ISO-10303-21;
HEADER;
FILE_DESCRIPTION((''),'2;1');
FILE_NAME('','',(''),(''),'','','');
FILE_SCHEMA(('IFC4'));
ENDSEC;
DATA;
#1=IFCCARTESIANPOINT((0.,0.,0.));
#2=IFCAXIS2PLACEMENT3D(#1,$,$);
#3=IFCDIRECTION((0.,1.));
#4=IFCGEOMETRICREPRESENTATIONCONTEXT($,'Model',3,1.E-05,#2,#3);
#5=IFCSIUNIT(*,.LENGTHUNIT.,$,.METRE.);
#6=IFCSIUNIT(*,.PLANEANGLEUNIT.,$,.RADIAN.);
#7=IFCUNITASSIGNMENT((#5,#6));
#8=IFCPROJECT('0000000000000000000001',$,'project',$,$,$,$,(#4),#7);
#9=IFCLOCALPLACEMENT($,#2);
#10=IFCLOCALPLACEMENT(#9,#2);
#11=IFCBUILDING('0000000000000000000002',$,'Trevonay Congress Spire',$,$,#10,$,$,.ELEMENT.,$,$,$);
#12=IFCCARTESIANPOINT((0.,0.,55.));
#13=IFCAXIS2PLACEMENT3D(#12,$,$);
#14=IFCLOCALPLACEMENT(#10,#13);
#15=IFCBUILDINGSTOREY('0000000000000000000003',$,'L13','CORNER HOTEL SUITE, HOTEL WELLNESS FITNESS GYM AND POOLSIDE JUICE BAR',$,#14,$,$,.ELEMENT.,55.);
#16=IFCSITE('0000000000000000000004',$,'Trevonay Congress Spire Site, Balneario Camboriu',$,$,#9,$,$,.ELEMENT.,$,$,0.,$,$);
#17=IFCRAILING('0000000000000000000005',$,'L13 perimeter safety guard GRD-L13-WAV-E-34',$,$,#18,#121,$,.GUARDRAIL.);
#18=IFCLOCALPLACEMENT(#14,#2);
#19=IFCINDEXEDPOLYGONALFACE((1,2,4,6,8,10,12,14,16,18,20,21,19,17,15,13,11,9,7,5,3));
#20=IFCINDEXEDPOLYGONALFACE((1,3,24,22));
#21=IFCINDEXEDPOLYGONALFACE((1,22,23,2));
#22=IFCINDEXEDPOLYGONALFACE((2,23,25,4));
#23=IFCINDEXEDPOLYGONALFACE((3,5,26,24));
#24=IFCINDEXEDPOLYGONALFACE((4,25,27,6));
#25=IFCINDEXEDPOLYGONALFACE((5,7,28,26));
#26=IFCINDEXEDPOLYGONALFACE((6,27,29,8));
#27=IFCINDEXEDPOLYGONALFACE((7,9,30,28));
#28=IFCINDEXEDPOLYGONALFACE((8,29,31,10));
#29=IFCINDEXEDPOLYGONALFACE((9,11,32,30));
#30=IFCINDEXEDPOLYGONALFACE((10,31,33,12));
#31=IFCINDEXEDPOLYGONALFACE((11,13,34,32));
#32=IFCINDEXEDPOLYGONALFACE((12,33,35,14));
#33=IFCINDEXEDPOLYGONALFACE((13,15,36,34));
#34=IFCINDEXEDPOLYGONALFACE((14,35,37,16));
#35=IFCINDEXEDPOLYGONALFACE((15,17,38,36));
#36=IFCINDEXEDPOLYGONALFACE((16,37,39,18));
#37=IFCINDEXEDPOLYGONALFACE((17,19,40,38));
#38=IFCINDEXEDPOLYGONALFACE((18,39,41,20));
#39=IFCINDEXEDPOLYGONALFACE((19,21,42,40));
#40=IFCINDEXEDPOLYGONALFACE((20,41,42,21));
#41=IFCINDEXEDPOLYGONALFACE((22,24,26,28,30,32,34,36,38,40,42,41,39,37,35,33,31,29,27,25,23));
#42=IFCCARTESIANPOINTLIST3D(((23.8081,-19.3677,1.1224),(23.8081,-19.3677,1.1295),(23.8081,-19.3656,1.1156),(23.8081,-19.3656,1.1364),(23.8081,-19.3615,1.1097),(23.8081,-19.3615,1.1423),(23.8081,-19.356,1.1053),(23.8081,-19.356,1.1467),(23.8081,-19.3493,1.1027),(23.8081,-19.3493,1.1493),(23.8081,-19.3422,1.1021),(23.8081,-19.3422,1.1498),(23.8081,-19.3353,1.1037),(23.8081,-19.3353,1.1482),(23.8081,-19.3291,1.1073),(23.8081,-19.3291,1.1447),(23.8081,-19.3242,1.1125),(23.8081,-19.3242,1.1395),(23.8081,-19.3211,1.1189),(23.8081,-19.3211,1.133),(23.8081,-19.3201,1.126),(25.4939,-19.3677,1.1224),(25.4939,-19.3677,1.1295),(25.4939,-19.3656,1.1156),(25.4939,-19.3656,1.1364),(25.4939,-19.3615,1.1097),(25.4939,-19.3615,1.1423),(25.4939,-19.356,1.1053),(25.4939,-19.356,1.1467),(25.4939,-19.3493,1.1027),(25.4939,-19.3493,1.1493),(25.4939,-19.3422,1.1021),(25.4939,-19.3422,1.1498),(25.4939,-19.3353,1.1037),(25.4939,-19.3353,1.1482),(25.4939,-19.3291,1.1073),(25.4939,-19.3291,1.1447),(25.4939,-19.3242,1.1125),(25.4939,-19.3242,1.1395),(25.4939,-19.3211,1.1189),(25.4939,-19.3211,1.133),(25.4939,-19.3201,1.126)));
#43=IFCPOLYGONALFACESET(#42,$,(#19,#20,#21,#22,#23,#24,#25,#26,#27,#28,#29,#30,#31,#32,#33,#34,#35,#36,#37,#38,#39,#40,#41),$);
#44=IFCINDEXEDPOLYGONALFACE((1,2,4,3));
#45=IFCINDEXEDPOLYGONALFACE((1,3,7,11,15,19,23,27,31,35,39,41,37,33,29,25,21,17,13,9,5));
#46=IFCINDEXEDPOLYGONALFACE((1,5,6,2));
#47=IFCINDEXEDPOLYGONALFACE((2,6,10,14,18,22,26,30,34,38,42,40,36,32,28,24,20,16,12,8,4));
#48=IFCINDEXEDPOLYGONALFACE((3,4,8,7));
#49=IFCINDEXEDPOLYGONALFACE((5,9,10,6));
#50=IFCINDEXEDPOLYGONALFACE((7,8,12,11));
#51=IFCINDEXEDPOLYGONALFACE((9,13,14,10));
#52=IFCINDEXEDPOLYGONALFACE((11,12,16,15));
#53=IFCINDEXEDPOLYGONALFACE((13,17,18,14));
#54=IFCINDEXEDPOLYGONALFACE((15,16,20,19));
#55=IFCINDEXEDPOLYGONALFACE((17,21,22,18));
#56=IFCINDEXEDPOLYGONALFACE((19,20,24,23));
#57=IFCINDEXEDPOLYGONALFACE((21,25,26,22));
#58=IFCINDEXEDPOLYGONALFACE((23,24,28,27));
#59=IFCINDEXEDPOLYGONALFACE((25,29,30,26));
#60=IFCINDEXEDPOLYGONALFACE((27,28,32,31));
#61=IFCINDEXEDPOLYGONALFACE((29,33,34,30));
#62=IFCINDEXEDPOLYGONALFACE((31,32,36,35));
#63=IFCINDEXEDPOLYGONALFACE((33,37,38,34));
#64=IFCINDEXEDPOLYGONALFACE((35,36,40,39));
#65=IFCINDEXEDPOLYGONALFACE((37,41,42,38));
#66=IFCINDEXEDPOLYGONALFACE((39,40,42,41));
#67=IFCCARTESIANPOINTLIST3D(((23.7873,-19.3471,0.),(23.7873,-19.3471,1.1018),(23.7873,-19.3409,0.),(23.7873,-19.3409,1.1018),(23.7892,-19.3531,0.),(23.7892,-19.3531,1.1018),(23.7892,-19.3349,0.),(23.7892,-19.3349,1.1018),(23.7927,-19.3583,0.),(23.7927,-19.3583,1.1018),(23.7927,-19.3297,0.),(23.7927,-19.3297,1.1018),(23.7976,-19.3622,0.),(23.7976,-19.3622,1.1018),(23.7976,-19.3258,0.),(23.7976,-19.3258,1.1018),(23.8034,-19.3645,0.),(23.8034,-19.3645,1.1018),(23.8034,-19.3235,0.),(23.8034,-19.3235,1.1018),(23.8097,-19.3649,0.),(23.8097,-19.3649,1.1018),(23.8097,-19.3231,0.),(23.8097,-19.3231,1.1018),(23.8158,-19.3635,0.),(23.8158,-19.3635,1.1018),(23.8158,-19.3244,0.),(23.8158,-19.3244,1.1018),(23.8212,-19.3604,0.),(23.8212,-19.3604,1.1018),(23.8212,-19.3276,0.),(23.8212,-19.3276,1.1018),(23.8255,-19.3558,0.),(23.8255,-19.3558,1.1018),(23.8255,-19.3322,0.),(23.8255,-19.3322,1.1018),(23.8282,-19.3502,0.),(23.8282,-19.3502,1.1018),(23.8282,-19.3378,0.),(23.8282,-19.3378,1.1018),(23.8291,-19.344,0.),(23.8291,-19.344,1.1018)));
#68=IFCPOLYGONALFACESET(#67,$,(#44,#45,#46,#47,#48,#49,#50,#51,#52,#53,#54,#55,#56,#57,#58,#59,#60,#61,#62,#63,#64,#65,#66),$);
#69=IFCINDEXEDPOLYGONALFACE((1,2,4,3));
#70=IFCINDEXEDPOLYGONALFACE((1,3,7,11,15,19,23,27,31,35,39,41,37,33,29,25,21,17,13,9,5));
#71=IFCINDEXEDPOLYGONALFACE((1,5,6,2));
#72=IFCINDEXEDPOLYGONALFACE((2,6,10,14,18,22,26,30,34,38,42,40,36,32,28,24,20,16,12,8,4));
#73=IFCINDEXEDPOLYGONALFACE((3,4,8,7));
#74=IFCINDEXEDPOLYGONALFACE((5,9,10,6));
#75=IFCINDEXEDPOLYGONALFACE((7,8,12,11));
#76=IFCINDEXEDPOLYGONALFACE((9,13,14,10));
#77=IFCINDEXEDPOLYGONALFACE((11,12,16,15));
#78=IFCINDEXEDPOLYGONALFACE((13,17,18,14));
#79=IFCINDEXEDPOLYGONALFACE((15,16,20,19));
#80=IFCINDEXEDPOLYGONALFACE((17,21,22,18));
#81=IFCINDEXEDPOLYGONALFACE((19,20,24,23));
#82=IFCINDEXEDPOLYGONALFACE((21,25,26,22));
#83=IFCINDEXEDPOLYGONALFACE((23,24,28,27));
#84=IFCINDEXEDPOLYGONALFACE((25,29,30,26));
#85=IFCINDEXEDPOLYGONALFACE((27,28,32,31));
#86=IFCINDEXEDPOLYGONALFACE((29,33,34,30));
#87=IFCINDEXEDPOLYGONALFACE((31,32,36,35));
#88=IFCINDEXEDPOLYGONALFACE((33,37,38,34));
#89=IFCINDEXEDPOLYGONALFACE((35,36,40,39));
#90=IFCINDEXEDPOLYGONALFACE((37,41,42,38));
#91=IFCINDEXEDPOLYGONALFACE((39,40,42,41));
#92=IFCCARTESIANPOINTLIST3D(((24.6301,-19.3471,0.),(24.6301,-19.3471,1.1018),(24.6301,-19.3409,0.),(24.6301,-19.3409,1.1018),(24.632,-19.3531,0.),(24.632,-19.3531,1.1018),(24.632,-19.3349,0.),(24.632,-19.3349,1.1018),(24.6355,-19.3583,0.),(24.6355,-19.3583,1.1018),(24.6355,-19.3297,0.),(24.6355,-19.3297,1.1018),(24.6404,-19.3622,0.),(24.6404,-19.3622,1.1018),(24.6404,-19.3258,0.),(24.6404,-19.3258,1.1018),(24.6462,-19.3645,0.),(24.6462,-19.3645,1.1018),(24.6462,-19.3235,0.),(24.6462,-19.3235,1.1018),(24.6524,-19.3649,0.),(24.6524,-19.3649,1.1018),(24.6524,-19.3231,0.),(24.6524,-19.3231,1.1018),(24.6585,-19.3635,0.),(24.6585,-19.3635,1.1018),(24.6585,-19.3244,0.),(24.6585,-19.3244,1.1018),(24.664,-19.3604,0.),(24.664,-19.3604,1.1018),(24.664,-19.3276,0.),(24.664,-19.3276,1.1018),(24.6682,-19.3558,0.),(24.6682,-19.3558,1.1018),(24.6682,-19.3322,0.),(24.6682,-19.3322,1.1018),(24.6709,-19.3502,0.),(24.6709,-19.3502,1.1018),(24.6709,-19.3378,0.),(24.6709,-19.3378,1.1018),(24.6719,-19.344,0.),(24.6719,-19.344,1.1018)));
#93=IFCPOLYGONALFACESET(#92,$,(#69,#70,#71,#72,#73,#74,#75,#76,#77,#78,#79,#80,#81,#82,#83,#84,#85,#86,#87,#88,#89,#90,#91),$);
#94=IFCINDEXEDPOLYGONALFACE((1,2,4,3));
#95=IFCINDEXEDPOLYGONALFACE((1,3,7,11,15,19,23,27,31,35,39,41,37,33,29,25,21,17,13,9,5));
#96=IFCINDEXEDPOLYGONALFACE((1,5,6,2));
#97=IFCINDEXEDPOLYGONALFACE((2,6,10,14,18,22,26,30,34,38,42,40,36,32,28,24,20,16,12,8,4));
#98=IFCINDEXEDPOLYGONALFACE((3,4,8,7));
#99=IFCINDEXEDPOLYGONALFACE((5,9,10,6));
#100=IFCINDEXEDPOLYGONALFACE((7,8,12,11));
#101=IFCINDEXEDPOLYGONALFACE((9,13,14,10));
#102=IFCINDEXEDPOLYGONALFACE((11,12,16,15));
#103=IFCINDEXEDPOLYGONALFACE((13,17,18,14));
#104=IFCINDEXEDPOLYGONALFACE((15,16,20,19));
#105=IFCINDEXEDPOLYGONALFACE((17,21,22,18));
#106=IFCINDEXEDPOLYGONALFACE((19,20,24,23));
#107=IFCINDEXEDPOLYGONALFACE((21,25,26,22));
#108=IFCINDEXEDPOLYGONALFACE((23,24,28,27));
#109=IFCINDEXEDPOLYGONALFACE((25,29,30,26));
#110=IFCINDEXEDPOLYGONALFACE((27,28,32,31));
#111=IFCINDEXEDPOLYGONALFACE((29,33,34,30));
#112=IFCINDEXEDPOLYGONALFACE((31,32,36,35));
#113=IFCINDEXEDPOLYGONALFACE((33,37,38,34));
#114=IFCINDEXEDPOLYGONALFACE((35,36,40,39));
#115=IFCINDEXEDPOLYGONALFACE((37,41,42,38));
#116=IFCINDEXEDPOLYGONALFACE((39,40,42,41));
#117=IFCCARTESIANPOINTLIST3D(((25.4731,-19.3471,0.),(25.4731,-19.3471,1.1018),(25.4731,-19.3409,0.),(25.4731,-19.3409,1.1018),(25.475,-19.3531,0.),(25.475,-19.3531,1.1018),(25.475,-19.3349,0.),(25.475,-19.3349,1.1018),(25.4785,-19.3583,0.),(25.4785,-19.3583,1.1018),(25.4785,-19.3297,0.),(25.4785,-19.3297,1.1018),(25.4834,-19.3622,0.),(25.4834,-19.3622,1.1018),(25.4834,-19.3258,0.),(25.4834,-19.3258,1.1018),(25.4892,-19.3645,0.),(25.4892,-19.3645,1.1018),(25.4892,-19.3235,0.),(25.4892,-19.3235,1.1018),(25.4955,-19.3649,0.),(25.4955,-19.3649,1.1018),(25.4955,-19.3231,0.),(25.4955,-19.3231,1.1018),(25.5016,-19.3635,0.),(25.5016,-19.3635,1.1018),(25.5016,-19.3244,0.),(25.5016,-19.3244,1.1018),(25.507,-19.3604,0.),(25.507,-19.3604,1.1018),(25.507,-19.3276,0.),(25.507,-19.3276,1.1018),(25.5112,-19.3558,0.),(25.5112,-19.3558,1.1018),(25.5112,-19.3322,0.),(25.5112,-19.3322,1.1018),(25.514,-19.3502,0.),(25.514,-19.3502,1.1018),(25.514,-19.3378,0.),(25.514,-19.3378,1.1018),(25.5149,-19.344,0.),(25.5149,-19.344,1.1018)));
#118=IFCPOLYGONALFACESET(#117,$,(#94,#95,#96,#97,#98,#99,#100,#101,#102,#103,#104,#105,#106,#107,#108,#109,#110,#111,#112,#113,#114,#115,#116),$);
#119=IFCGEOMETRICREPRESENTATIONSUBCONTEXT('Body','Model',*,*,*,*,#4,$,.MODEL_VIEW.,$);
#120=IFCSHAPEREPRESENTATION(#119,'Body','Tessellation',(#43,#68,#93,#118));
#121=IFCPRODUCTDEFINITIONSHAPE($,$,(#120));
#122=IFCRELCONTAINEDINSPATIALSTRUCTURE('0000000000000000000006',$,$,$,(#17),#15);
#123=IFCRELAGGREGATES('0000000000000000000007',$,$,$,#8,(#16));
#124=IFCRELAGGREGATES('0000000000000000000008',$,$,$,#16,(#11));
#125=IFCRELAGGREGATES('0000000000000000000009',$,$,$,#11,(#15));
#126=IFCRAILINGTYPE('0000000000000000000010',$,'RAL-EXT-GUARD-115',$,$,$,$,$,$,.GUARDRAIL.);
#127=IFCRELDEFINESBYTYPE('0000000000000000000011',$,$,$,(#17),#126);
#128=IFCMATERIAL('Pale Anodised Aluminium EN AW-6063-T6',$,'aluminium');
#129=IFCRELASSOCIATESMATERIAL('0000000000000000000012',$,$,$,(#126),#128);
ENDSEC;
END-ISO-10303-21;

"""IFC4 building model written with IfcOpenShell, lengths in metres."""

from ifc_helpers import new_model, si_unit, direction, frame, origin, origin_2d, place, context, subcontext, project, spatial, circle, extrude, material, type_object, element, save


model = new_model("IFC4")

# Units and contexts
model_context = context("Model", 3, precision=1e-05, world=origin(), true_north=direction((0.0, 1.0)))
body_context = subcontext(model_context, "Body", "Model", "MODEL_VIEW")
ifc_project = project(units=[si_unit("LENGTHUNIT", "METRE"), si_unit("PLANEANGLEUNIT", "RADIAN")], contexts=[model_context])

# Site, building, storey
site_placement = place(None, origin())
site = spatial("IfcSite", under=ifc_project, at=site_placement, Name="Trevonay Congress Spire Site, Balneario Camboriu", CompositionType="ELEMENT", RefElevation=0.0)
building_placement = place(site_placement, origin())
building = spatial("IfcBuilding", under=site, at=building_placement, Name="Trevonay Congress Spire", CompositionType="ELEMENT")
storey_placement = place(building_placement, frame((0.0, 0.0, 55.0)))
storey = spatial("IfcBuildingStorey", under=building, at=storey_placement, Name="L13", Description="CORNER HOTEL SUITE, HOTEL WELLNESS FITNESS GYM AND POOLSIDE JUICE BAR", CompositionType="ELEMENT", Elevation=55.0)

# Shared definitions
ifc_material_1 = material(Name="Pale Anodised Aluminium EN AW-6063-T6", Category="aluminium")

# Railing
railing_type = type_object("IfcRailingType", Name="RAL-EXT-GUARD-115", PredefinedType="GUARDRAIL", material=ifc_material_1)
railing_1_placement = place(storey_placement, frame((23.8081, -19.344, 0.0)))
element("IfcRailing", 1, at=railing_1_placement, inside=storey, type_object=railing_type, Name="L13 perimeter safety guard GRD-L13-WAV-E-34", PredefinedType="GUARDRAIL", context=body_context, shape_type="SweptSolid", body=[
    extrude(circle(Radius=0.0239, at=origin_2d()), frame((0.0, 0.0, 1.126), z_axis=(1.0, 0.0, 0.0), x_axis=(0.0, 1.0, 0.0)), (0.0, 0.0, 1.0), 1.6858),
    extrude(circle(Radius=0.021, at=origin_2d()), origin(), (0.0, 0.0, 1.0), 1.1018),
    extrude(circle(Radius=0.021, at=origin_2d()), frame((0.8428, 0.0, 0.0)), (0.0, 0.0, 1.0), 1.1018),
    extrude(circle(Radius=0.021, at=origin_2d()), frame((1.6858, 0.0, 0.0)), (0.0, 0.0, 1.0), 1.1018),
])

save(model, "model.ifc")
